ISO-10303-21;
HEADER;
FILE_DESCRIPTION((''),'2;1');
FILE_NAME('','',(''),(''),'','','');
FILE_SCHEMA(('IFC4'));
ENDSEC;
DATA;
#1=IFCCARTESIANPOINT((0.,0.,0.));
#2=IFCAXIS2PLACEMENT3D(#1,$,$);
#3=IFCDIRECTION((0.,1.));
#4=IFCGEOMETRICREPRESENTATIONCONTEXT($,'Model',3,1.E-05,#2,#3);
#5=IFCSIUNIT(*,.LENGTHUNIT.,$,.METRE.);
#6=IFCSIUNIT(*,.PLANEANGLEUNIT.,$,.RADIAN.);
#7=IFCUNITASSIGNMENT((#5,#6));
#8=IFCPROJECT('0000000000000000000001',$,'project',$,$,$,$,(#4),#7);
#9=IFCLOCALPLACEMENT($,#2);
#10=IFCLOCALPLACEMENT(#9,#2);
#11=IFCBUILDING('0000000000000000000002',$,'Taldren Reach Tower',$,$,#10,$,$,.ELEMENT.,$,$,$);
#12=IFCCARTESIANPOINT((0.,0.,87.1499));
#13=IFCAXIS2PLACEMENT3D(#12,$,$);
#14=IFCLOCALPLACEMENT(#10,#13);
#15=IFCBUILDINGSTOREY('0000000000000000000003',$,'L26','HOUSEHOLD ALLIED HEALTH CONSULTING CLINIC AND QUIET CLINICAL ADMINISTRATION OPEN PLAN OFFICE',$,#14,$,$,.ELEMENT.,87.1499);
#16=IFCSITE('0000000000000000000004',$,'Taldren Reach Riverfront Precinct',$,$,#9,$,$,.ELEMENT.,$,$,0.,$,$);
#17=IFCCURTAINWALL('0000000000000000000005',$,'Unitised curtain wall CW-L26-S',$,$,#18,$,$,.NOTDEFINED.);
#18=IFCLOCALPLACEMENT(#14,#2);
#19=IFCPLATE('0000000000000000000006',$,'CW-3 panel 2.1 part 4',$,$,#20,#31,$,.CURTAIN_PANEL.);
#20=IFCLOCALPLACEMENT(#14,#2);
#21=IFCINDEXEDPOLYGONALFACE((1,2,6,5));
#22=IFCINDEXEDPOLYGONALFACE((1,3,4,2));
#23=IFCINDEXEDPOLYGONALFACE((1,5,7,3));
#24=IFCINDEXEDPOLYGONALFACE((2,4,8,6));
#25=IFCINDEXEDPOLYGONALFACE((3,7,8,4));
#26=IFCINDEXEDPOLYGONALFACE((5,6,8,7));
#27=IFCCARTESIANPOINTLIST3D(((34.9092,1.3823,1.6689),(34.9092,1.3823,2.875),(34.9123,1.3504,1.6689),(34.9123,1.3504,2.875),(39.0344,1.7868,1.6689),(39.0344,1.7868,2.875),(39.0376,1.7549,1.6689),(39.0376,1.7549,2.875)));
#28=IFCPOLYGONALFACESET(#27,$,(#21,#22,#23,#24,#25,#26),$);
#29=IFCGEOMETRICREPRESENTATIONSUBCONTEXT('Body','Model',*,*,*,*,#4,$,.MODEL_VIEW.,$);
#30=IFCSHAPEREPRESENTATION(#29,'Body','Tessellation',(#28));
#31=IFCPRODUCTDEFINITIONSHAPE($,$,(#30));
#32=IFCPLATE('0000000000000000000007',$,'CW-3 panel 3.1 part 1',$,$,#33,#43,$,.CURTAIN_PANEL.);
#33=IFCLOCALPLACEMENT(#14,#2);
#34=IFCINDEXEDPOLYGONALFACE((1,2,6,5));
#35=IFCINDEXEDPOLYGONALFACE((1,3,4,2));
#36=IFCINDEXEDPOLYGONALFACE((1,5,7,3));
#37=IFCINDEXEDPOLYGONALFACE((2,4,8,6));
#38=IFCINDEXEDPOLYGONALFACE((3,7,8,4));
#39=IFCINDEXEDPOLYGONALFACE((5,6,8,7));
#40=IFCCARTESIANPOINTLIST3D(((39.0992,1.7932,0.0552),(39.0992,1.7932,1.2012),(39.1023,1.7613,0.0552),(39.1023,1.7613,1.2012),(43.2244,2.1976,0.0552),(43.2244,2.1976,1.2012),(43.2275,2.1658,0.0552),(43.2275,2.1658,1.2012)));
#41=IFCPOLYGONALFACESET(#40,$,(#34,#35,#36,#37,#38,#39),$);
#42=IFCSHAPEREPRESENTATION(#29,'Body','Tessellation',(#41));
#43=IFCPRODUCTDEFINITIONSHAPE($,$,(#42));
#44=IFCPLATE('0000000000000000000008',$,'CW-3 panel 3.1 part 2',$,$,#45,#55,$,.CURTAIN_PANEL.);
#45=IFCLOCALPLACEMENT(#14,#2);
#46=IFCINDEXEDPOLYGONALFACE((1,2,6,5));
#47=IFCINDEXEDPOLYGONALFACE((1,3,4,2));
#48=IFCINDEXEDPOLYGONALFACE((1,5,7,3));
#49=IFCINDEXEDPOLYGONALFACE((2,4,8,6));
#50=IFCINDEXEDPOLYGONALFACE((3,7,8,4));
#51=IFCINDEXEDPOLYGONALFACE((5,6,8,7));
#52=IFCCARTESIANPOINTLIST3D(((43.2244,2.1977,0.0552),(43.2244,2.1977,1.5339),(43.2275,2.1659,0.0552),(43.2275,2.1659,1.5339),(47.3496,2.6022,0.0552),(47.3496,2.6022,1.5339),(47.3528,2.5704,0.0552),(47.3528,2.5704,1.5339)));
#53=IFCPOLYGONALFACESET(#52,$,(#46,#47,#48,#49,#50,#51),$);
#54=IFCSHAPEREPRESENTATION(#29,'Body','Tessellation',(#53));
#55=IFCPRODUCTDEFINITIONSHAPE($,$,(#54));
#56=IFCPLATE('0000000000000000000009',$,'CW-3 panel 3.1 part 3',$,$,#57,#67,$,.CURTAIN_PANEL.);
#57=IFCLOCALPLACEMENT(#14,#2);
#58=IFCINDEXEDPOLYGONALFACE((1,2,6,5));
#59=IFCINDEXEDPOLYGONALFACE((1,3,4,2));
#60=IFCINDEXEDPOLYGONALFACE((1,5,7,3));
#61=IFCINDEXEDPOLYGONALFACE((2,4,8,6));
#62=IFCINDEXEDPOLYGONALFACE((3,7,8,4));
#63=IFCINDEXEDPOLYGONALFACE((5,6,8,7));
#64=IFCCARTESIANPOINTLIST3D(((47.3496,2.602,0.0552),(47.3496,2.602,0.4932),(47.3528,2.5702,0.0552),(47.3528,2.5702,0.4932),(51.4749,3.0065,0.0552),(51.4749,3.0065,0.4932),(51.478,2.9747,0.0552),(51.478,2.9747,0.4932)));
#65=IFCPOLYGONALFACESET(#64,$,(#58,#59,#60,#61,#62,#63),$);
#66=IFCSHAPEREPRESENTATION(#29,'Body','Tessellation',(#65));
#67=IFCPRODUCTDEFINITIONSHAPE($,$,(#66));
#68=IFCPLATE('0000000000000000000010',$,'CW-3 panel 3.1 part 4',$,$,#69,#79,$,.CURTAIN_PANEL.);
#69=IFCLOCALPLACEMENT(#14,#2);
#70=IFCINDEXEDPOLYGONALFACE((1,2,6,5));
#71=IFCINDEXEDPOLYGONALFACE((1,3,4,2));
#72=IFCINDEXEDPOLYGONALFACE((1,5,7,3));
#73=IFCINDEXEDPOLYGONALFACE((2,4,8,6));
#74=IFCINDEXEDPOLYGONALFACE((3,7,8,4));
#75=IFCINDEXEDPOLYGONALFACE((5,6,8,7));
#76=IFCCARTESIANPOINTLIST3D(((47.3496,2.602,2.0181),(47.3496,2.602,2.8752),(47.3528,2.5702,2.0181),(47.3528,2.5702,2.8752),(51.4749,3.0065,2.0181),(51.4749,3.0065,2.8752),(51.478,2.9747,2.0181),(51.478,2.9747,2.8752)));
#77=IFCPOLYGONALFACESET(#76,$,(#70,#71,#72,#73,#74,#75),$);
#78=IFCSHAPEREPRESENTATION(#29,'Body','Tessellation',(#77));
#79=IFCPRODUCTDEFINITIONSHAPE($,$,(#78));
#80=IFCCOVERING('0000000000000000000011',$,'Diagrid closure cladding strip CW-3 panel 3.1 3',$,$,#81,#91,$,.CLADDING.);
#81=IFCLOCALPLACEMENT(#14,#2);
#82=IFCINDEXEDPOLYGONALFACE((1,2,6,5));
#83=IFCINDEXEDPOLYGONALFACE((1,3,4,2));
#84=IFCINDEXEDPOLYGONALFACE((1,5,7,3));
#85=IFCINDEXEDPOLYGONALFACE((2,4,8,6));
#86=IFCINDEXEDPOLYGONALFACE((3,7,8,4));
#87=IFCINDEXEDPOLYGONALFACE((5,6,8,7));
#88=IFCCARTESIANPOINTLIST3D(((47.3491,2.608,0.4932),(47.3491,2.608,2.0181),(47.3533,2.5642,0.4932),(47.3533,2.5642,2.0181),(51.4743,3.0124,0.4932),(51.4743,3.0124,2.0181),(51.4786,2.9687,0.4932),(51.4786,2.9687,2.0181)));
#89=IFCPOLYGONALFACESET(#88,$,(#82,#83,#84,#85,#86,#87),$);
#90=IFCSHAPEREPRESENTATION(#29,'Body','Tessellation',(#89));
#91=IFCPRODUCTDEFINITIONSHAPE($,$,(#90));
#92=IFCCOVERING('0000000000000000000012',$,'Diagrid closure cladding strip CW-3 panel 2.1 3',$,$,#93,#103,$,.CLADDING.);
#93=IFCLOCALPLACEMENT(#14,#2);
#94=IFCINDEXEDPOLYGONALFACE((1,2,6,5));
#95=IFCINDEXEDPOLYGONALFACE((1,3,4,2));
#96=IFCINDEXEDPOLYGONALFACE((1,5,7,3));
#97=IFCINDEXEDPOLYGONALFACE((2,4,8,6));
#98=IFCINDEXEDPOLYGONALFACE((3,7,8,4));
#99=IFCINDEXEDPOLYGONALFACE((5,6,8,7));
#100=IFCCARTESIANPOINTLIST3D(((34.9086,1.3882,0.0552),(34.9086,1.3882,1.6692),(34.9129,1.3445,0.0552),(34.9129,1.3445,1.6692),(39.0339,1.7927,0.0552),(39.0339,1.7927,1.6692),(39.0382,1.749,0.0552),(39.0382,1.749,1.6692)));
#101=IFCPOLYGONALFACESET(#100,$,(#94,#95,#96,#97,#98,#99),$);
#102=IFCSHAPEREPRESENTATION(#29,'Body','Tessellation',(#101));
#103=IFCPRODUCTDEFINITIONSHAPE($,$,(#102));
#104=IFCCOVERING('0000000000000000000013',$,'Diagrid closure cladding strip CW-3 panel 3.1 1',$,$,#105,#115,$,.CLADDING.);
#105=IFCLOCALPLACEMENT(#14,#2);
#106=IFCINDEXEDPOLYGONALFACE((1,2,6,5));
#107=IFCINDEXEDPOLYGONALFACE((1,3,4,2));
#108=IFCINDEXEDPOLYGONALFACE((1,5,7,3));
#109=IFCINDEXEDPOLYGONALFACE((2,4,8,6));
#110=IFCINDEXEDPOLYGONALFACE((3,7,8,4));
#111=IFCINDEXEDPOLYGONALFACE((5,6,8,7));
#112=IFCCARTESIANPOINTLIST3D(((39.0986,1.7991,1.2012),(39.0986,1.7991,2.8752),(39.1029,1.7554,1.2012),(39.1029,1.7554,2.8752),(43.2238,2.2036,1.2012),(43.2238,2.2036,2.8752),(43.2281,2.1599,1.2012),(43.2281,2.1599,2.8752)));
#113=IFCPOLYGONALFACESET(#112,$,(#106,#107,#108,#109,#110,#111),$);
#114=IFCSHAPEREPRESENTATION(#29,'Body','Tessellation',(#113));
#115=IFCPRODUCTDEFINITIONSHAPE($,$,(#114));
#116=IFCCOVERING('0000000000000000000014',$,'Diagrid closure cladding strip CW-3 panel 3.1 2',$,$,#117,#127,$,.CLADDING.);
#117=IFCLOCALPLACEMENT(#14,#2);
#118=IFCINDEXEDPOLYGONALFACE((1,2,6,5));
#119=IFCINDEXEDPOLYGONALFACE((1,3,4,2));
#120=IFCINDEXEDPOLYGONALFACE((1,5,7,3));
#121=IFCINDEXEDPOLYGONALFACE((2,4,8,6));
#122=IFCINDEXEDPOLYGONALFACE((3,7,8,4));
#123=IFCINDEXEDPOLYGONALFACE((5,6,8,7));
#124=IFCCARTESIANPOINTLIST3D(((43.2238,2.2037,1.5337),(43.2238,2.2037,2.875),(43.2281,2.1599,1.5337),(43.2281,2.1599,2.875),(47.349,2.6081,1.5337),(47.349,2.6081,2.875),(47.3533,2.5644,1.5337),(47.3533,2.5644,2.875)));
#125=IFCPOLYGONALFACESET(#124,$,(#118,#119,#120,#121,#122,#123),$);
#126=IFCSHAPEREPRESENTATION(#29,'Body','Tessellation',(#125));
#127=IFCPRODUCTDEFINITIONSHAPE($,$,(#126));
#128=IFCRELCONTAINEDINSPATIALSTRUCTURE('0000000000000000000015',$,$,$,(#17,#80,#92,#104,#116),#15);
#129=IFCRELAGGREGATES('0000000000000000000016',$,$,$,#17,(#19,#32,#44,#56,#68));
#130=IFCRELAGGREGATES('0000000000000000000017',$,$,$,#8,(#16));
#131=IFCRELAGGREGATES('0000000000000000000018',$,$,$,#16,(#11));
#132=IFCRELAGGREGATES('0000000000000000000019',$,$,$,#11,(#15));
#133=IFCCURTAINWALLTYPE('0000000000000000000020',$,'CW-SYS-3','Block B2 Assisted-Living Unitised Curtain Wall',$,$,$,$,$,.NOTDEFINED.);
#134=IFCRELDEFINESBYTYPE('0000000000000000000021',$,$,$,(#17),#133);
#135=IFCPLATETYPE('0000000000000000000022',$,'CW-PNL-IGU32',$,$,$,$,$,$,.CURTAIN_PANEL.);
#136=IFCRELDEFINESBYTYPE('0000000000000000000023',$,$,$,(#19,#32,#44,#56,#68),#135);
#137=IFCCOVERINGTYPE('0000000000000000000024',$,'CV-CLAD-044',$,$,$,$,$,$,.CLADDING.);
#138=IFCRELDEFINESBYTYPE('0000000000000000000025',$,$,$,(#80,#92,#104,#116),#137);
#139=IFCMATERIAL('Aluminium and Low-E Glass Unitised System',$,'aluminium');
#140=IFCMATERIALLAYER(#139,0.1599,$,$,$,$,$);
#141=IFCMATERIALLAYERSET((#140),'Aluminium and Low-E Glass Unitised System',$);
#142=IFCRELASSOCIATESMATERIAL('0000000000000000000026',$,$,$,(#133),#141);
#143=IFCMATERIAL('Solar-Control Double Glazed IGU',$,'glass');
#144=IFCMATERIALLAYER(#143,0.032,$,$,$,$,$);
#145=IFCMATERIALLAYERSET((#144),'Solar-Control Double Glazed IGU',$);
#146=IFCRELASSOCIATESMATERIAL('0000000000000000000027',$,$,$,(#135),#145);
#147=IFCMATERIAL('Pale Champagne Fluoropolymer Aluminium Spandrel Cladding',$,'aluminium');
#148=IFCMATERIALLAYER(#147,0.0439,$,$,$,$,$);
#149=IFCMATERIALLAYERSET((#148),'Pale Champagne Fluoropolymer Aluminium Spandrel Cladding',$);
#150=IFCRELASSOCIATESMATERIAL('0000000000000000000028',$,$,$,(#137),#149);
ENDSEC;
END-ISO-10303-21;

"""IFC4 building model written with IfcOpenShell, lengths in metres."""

from ifc_helpers import new_model, si_unit, direction, frame, origin, origin_2d, place, context, subcontext, project, spatial, rectangle, extrude, source, transform, mapped, material, layer, layer_set, type_object, element, aggregate, save


model = new_model("IFC4")

# Units and contexts
model_context = context("Model", 3, precision=1e-05, world=origin(), true_north=direction((0.0, 1.0)))
body_context = subcontext(model_context, "Body", "Model", "MODEL_VIEW")
ifc_project = project(units=[si_unit("LENGTHUNIT", "METRE"), si_unit("PLANEANGLEUNIT", "RADIAN")], contexts=[model_context])

# Site, building, storey
site_placement = place(None, origin())
site = spatial("IfcSite", under=ifc_project, at=site_placement, Name="Taldren Reach Riverfront Precinct", CompositionType="ELEMENT", RefElevation=0.0)
building_placement = place(site_placement, origin())
building = spatial("IfcBuilding", under=site, at=building_placement, Name="Taldren Reach Tower", CompositionType="ELEMENT")
storey_placement = place(building_placement, frame((0.0, 0.0, 87.1499)))
storey = spatial("IfcBuildingStorey", under=building, at=storey_placement, Name="L26", Description="HOUSEHOLD ALLIED HEALTH CONSULTING CLINIC AND QUIET CLINICAL ADMINISTRATION OPEN PLAN OFFICE", CompositionType="ELEMENT", Elevation=87.1499)

# Curtain wall
ifc_material_1 = material(Name="Aluminium and Low-E Glass Unitised System", Category="aluminium")
ifc_layer_1 = layer(ifc_material_1, 0.1599)
ifc_layer_set_1 = layer_set([ifc_layer_1], Name="Aluminium and Low-E Glass Unitised System")
curtain_wall_type = type_object("IfcCurtainWallType", Name="CW-SYS-3", Description="Block B2 Assisted-Living Unitised Curtain Wall", PredefinedType="NOTDEFINED", material=ifc_layer_set_1)
curtain_wall_placement = place(storey_placement, origin())
curtain_wall = element("IfcCurtainWall", 1, at=curtain_wall_placement, inside=storey, type_object=curtain_wall_type, Name="Unitised curtain wall CW-L26-S", PredefinedType="NOTDEFINED")

# Plates
ifc_material_2 = material(Name="Solar-Control Double Glazed IGU", Category="glass")
ifc_layer_2 = layer(ifc_material_2, 0.032)
ifc_layer_set_2 = layer_set([ifc_layer_2], Name="Solar-Control Double Glazed IGU")
plate_type_1 = type_object("IfcPlateType", Name="CW-PNL-IGU32", PredefinedType="CURTAIN_PANEL", material=ifc_layer_set_2)
shared_shape_1 = source(origin(), body_context, "Body", "SweptSolid", [
    extrude(rectangle(XDim=4.145, YDim=0.032, at=origin_2d()), origin(), (0.0, 0.0, 1.0), 1.2061),
])
plate_1_placement = place(storey_placement, frame((36.9734, 1.5686, 1.6689), z_axis=(0.0, 0.0, 1.0), x_axis=(0.995227, 0.097583, 0.0)))
plate_1 = element("IfcPlate", 2, at=plate_1_placement, type_object=plate_type_1, Name="CW-3 panel 2.1 part 4", PredefinedType="CURTAIN_PANEL", context=body_context, shape_type="MappedRepresentation", body=[
    mapped(shared_shape_1, transform((0.0, 0.0, 0.0), scale=1.0)),
])
shared_shape_2 = source(origin(), body_context, "Body", "SweptSolid", [
    extrude(rectangle(XDim=4.145, YDim=0.032, at=origin_2d()), origin(), (0.0, 0.0, 1.0), 1.146),
])
plate_2_placement = place(storey_placement, frame((41.1633, 1.9795, 0.0552), z_axis=(0.0, 0.0, 1.0), x_axis=(0.995227, 0.097583, 0.0)))
plate_2 = element("IfcPlate", 3, at=plate_2_placement, type_object=plate_type_1, Name="CW-3 panel 3.1 part 1", PredefinedType="CURTAIN_PANEL", context=body_context, shape_type="MappedRepresentation", body=[
    mapped(shared_shape_2, transform((0.0, 0.0, 0.0), scale=1.0)),
])
shared_shape_3 = source(origin(), body_context, "Body", "SweptSolid", [
    extrude(rectangle(XDim=4.145, YDim=0.032, at=origin_2d()), origin(), (0.0, 0.0, 1.0), 1.4788),
])
plate_3_placement = place(storey_placement, frame((45.2886, 2.384, 0.0552), z_axis=(0.0, 0.0, 1.0), x_axis=(0.995227, 0.097583, 0.0)))
plate_3 = element("IfcPlate", 4, at=plate_3_placement, type_object=plate_type_1, Name="CW-3 panel 3.1 part 2", PredefinedType="CURTAIN_PANEL", context=body_context, shape_type="MappedRepresentation", body=[
    mapped(shared_shape_3, transform((0.0, 0.0, 0.0), scale=1.0)),
])
shared_shape_4 = source(origin(), body_context, "Body", "SweptSolid", [
    extrude(rectangle(XDim=4.145, YDim=0.032, at=origin_2d()), origin(), (0.0, 0.0, 1.0), 0.438),
])
plate_4_placement = place(storey_placement, frame((49.4138, 2.7883, 0.0552), z_axis=(0.0, 0.0, 1.0), x_axis=(0.995227, 0.097583, 0.0)))
plate_4 = element("IfcPlate", 5, at=plate_4_placement, type_object=plate_type_1, Name="CW-3 panel 3.1 part 3", PredefinedType="CURTAIN_PANEL", context=body_context, shape_type="MappedRepresentation", body=[
    mapped(shared_shape_4, transform((0.0, 0.0, 0.0), scale=1.0)),
])
shared_shape_5 = source(origin(), body_context, "Body", "SweptSolid", [
    extrude(rectangle(XDim=4.145, YDim=0.032, at=origin_2d()), origin(), (0.0, 0.0, 1.0), 0.8572),
])
plate_5_placement = place(storey_placement, frame((49.4138, 2.7883, 2.0181), z_axis=(0.0, 0.0, 1.0), x_axis=(0.995227, 0.097583, 0.0)))
plate_5 = element("IfcPlate", 6, at=plate_5_placement, type_object=plate_type_1, Name="CW-3 panel 3.1 part 4", PredefinedType="CURTAIN_PANEL", context=body_context, shape_type="MappedRepresentation", body=[
    mapped(shared_shape_5, transform((0.0, 0.0, 0.0), scale=1.0)),
])
aggregate(curtain_wall, [plate_1, plate_2, plate_3, plate_4, plate_5])

# Coverings
ifc_material_3 = material(Name="Pale Champagne Fluoropolymer Aluminium Spandrel Cladding", Category="aluminium")
ifc_layer_3 = layer(ifc_material_3, 0.0439)
ifc_layer_set_3 = layer_set([ifc_layer_3], Name="Pale Champagne Fluoropolymer Aluminium Spandrel Cladding")
covering_type = type_object("IfcCoveringType", Name="CV-CLAD-044", PredefinedType="CLADDING", material=ifc_layer_set_3)
shared_shape_6 = source(origin(), body_context, "Body", "SweptSolid", [
    extrude(rectangle(XDim=4.145, YDim=0.0439, at=origin_2d()), origin(), (0.0, 0.0, 1.0), 1.5249),
])
covering_1_placement = place(storey_placement, frame((49.4138, 2.7883, 0.4932), z_axis=(0.0, 0.0, 1.0), x_axis=(0.995227, 0.097583, 0.0)))
element("IfcCovering", 7, at=covering_1_placement, inside=storey, type_object=covering_type, Name="Diagrid closure cladding strip CW-3 panel 3.1 3", PredefinedType="CLADDING", context=body_context, shape_type="MappedRepresentation", body=[
    mapped(shared_shape_6, transform((0.0, 0.0, 0.0), scale=1.0)),
])
shared_shape_7 = source(origin(), body_context, "Body", "SweptSolid", [
    extrude(rectangle(XDim=4.145, YDim=0.0439, at=origin_2d()), origin(), (0.0, 0.0, 1.0), 1.614),
])
covering_2_placement = place(storey_placement, frame((36.9734, 1.5686, 0.0552), z_axis=(0.0, 0.0, 1.0), x_axis=(0.995227, 0.097583, 0.0)))
element("IfcCovering", 8, at=covering_2_placement, inside=storey, type_object=covering_type, Name="Diagrid closure cladding strip CW-3 panel 2.1 3", PredefinedType="CLADDING", context=body_context, shape_type="MappedRepresentation", body=[
    mapped(shared_shape_7, transform((0.0, 0.0, 0.0), scale=1.0)),
])
shared_shape_8 = source(origin(), body_context, "Body", "SweptSolid", [
    extrude(rectangle(XDim=4.145, YDim=0.0439, at=origin_2d()), origin(), (0.0, 0.0, 1.0), 1.6741),
])
covering_3_placement = place(storey_placement, frame((41.1633, 1.9795, 1.2012), z_axis=(0.0, 0.0, 1.0), x_axis=(0.995227, 0.097583, 0.0)))
element("IfcCovering", 9, at=covering_3_placement, inside=storey, type_object=covering_type, Name="Diagrid closure cladding strip CW-3 panel 3.1 1", PredefinedType="CLADDING", context=body_context, shape_type="MappedRepresentation", body=[
    mapped(shared_shape_8, transform((0.0, 0.0, 0.0), scale=1.0)),
])
shared_shape_9 = source(origin(), body_context, "Body", "SweptSolid", [
    extrude(rectangle(XDim=4.145, YDim=0.0439, at=origin_2d()), origin(), (0.0, 0.0, 1.0), 1.3413),
])
covering_4_placement = place(storey_placement, frame((45.2886, 2.384, 1.5337), z_axis=(0.0, 0.0, 1.0), x_axis=(0.995227, 0.097583, 0.0)))
element("IfcCovering", 10, at=covering_4_placement, inside=storey, type_object=covering_type, Name="Diagrid closure cladding strip CW-3 panel 3.1 2", PredefinedType="CLADDING", context=body_context, shape_type="MappedRepresentation", body=[
    mapped(shared_shape_9, transform((0.0, 0.0, 0.0), scale=1.0)),
])

save(model, "model.ifc")
